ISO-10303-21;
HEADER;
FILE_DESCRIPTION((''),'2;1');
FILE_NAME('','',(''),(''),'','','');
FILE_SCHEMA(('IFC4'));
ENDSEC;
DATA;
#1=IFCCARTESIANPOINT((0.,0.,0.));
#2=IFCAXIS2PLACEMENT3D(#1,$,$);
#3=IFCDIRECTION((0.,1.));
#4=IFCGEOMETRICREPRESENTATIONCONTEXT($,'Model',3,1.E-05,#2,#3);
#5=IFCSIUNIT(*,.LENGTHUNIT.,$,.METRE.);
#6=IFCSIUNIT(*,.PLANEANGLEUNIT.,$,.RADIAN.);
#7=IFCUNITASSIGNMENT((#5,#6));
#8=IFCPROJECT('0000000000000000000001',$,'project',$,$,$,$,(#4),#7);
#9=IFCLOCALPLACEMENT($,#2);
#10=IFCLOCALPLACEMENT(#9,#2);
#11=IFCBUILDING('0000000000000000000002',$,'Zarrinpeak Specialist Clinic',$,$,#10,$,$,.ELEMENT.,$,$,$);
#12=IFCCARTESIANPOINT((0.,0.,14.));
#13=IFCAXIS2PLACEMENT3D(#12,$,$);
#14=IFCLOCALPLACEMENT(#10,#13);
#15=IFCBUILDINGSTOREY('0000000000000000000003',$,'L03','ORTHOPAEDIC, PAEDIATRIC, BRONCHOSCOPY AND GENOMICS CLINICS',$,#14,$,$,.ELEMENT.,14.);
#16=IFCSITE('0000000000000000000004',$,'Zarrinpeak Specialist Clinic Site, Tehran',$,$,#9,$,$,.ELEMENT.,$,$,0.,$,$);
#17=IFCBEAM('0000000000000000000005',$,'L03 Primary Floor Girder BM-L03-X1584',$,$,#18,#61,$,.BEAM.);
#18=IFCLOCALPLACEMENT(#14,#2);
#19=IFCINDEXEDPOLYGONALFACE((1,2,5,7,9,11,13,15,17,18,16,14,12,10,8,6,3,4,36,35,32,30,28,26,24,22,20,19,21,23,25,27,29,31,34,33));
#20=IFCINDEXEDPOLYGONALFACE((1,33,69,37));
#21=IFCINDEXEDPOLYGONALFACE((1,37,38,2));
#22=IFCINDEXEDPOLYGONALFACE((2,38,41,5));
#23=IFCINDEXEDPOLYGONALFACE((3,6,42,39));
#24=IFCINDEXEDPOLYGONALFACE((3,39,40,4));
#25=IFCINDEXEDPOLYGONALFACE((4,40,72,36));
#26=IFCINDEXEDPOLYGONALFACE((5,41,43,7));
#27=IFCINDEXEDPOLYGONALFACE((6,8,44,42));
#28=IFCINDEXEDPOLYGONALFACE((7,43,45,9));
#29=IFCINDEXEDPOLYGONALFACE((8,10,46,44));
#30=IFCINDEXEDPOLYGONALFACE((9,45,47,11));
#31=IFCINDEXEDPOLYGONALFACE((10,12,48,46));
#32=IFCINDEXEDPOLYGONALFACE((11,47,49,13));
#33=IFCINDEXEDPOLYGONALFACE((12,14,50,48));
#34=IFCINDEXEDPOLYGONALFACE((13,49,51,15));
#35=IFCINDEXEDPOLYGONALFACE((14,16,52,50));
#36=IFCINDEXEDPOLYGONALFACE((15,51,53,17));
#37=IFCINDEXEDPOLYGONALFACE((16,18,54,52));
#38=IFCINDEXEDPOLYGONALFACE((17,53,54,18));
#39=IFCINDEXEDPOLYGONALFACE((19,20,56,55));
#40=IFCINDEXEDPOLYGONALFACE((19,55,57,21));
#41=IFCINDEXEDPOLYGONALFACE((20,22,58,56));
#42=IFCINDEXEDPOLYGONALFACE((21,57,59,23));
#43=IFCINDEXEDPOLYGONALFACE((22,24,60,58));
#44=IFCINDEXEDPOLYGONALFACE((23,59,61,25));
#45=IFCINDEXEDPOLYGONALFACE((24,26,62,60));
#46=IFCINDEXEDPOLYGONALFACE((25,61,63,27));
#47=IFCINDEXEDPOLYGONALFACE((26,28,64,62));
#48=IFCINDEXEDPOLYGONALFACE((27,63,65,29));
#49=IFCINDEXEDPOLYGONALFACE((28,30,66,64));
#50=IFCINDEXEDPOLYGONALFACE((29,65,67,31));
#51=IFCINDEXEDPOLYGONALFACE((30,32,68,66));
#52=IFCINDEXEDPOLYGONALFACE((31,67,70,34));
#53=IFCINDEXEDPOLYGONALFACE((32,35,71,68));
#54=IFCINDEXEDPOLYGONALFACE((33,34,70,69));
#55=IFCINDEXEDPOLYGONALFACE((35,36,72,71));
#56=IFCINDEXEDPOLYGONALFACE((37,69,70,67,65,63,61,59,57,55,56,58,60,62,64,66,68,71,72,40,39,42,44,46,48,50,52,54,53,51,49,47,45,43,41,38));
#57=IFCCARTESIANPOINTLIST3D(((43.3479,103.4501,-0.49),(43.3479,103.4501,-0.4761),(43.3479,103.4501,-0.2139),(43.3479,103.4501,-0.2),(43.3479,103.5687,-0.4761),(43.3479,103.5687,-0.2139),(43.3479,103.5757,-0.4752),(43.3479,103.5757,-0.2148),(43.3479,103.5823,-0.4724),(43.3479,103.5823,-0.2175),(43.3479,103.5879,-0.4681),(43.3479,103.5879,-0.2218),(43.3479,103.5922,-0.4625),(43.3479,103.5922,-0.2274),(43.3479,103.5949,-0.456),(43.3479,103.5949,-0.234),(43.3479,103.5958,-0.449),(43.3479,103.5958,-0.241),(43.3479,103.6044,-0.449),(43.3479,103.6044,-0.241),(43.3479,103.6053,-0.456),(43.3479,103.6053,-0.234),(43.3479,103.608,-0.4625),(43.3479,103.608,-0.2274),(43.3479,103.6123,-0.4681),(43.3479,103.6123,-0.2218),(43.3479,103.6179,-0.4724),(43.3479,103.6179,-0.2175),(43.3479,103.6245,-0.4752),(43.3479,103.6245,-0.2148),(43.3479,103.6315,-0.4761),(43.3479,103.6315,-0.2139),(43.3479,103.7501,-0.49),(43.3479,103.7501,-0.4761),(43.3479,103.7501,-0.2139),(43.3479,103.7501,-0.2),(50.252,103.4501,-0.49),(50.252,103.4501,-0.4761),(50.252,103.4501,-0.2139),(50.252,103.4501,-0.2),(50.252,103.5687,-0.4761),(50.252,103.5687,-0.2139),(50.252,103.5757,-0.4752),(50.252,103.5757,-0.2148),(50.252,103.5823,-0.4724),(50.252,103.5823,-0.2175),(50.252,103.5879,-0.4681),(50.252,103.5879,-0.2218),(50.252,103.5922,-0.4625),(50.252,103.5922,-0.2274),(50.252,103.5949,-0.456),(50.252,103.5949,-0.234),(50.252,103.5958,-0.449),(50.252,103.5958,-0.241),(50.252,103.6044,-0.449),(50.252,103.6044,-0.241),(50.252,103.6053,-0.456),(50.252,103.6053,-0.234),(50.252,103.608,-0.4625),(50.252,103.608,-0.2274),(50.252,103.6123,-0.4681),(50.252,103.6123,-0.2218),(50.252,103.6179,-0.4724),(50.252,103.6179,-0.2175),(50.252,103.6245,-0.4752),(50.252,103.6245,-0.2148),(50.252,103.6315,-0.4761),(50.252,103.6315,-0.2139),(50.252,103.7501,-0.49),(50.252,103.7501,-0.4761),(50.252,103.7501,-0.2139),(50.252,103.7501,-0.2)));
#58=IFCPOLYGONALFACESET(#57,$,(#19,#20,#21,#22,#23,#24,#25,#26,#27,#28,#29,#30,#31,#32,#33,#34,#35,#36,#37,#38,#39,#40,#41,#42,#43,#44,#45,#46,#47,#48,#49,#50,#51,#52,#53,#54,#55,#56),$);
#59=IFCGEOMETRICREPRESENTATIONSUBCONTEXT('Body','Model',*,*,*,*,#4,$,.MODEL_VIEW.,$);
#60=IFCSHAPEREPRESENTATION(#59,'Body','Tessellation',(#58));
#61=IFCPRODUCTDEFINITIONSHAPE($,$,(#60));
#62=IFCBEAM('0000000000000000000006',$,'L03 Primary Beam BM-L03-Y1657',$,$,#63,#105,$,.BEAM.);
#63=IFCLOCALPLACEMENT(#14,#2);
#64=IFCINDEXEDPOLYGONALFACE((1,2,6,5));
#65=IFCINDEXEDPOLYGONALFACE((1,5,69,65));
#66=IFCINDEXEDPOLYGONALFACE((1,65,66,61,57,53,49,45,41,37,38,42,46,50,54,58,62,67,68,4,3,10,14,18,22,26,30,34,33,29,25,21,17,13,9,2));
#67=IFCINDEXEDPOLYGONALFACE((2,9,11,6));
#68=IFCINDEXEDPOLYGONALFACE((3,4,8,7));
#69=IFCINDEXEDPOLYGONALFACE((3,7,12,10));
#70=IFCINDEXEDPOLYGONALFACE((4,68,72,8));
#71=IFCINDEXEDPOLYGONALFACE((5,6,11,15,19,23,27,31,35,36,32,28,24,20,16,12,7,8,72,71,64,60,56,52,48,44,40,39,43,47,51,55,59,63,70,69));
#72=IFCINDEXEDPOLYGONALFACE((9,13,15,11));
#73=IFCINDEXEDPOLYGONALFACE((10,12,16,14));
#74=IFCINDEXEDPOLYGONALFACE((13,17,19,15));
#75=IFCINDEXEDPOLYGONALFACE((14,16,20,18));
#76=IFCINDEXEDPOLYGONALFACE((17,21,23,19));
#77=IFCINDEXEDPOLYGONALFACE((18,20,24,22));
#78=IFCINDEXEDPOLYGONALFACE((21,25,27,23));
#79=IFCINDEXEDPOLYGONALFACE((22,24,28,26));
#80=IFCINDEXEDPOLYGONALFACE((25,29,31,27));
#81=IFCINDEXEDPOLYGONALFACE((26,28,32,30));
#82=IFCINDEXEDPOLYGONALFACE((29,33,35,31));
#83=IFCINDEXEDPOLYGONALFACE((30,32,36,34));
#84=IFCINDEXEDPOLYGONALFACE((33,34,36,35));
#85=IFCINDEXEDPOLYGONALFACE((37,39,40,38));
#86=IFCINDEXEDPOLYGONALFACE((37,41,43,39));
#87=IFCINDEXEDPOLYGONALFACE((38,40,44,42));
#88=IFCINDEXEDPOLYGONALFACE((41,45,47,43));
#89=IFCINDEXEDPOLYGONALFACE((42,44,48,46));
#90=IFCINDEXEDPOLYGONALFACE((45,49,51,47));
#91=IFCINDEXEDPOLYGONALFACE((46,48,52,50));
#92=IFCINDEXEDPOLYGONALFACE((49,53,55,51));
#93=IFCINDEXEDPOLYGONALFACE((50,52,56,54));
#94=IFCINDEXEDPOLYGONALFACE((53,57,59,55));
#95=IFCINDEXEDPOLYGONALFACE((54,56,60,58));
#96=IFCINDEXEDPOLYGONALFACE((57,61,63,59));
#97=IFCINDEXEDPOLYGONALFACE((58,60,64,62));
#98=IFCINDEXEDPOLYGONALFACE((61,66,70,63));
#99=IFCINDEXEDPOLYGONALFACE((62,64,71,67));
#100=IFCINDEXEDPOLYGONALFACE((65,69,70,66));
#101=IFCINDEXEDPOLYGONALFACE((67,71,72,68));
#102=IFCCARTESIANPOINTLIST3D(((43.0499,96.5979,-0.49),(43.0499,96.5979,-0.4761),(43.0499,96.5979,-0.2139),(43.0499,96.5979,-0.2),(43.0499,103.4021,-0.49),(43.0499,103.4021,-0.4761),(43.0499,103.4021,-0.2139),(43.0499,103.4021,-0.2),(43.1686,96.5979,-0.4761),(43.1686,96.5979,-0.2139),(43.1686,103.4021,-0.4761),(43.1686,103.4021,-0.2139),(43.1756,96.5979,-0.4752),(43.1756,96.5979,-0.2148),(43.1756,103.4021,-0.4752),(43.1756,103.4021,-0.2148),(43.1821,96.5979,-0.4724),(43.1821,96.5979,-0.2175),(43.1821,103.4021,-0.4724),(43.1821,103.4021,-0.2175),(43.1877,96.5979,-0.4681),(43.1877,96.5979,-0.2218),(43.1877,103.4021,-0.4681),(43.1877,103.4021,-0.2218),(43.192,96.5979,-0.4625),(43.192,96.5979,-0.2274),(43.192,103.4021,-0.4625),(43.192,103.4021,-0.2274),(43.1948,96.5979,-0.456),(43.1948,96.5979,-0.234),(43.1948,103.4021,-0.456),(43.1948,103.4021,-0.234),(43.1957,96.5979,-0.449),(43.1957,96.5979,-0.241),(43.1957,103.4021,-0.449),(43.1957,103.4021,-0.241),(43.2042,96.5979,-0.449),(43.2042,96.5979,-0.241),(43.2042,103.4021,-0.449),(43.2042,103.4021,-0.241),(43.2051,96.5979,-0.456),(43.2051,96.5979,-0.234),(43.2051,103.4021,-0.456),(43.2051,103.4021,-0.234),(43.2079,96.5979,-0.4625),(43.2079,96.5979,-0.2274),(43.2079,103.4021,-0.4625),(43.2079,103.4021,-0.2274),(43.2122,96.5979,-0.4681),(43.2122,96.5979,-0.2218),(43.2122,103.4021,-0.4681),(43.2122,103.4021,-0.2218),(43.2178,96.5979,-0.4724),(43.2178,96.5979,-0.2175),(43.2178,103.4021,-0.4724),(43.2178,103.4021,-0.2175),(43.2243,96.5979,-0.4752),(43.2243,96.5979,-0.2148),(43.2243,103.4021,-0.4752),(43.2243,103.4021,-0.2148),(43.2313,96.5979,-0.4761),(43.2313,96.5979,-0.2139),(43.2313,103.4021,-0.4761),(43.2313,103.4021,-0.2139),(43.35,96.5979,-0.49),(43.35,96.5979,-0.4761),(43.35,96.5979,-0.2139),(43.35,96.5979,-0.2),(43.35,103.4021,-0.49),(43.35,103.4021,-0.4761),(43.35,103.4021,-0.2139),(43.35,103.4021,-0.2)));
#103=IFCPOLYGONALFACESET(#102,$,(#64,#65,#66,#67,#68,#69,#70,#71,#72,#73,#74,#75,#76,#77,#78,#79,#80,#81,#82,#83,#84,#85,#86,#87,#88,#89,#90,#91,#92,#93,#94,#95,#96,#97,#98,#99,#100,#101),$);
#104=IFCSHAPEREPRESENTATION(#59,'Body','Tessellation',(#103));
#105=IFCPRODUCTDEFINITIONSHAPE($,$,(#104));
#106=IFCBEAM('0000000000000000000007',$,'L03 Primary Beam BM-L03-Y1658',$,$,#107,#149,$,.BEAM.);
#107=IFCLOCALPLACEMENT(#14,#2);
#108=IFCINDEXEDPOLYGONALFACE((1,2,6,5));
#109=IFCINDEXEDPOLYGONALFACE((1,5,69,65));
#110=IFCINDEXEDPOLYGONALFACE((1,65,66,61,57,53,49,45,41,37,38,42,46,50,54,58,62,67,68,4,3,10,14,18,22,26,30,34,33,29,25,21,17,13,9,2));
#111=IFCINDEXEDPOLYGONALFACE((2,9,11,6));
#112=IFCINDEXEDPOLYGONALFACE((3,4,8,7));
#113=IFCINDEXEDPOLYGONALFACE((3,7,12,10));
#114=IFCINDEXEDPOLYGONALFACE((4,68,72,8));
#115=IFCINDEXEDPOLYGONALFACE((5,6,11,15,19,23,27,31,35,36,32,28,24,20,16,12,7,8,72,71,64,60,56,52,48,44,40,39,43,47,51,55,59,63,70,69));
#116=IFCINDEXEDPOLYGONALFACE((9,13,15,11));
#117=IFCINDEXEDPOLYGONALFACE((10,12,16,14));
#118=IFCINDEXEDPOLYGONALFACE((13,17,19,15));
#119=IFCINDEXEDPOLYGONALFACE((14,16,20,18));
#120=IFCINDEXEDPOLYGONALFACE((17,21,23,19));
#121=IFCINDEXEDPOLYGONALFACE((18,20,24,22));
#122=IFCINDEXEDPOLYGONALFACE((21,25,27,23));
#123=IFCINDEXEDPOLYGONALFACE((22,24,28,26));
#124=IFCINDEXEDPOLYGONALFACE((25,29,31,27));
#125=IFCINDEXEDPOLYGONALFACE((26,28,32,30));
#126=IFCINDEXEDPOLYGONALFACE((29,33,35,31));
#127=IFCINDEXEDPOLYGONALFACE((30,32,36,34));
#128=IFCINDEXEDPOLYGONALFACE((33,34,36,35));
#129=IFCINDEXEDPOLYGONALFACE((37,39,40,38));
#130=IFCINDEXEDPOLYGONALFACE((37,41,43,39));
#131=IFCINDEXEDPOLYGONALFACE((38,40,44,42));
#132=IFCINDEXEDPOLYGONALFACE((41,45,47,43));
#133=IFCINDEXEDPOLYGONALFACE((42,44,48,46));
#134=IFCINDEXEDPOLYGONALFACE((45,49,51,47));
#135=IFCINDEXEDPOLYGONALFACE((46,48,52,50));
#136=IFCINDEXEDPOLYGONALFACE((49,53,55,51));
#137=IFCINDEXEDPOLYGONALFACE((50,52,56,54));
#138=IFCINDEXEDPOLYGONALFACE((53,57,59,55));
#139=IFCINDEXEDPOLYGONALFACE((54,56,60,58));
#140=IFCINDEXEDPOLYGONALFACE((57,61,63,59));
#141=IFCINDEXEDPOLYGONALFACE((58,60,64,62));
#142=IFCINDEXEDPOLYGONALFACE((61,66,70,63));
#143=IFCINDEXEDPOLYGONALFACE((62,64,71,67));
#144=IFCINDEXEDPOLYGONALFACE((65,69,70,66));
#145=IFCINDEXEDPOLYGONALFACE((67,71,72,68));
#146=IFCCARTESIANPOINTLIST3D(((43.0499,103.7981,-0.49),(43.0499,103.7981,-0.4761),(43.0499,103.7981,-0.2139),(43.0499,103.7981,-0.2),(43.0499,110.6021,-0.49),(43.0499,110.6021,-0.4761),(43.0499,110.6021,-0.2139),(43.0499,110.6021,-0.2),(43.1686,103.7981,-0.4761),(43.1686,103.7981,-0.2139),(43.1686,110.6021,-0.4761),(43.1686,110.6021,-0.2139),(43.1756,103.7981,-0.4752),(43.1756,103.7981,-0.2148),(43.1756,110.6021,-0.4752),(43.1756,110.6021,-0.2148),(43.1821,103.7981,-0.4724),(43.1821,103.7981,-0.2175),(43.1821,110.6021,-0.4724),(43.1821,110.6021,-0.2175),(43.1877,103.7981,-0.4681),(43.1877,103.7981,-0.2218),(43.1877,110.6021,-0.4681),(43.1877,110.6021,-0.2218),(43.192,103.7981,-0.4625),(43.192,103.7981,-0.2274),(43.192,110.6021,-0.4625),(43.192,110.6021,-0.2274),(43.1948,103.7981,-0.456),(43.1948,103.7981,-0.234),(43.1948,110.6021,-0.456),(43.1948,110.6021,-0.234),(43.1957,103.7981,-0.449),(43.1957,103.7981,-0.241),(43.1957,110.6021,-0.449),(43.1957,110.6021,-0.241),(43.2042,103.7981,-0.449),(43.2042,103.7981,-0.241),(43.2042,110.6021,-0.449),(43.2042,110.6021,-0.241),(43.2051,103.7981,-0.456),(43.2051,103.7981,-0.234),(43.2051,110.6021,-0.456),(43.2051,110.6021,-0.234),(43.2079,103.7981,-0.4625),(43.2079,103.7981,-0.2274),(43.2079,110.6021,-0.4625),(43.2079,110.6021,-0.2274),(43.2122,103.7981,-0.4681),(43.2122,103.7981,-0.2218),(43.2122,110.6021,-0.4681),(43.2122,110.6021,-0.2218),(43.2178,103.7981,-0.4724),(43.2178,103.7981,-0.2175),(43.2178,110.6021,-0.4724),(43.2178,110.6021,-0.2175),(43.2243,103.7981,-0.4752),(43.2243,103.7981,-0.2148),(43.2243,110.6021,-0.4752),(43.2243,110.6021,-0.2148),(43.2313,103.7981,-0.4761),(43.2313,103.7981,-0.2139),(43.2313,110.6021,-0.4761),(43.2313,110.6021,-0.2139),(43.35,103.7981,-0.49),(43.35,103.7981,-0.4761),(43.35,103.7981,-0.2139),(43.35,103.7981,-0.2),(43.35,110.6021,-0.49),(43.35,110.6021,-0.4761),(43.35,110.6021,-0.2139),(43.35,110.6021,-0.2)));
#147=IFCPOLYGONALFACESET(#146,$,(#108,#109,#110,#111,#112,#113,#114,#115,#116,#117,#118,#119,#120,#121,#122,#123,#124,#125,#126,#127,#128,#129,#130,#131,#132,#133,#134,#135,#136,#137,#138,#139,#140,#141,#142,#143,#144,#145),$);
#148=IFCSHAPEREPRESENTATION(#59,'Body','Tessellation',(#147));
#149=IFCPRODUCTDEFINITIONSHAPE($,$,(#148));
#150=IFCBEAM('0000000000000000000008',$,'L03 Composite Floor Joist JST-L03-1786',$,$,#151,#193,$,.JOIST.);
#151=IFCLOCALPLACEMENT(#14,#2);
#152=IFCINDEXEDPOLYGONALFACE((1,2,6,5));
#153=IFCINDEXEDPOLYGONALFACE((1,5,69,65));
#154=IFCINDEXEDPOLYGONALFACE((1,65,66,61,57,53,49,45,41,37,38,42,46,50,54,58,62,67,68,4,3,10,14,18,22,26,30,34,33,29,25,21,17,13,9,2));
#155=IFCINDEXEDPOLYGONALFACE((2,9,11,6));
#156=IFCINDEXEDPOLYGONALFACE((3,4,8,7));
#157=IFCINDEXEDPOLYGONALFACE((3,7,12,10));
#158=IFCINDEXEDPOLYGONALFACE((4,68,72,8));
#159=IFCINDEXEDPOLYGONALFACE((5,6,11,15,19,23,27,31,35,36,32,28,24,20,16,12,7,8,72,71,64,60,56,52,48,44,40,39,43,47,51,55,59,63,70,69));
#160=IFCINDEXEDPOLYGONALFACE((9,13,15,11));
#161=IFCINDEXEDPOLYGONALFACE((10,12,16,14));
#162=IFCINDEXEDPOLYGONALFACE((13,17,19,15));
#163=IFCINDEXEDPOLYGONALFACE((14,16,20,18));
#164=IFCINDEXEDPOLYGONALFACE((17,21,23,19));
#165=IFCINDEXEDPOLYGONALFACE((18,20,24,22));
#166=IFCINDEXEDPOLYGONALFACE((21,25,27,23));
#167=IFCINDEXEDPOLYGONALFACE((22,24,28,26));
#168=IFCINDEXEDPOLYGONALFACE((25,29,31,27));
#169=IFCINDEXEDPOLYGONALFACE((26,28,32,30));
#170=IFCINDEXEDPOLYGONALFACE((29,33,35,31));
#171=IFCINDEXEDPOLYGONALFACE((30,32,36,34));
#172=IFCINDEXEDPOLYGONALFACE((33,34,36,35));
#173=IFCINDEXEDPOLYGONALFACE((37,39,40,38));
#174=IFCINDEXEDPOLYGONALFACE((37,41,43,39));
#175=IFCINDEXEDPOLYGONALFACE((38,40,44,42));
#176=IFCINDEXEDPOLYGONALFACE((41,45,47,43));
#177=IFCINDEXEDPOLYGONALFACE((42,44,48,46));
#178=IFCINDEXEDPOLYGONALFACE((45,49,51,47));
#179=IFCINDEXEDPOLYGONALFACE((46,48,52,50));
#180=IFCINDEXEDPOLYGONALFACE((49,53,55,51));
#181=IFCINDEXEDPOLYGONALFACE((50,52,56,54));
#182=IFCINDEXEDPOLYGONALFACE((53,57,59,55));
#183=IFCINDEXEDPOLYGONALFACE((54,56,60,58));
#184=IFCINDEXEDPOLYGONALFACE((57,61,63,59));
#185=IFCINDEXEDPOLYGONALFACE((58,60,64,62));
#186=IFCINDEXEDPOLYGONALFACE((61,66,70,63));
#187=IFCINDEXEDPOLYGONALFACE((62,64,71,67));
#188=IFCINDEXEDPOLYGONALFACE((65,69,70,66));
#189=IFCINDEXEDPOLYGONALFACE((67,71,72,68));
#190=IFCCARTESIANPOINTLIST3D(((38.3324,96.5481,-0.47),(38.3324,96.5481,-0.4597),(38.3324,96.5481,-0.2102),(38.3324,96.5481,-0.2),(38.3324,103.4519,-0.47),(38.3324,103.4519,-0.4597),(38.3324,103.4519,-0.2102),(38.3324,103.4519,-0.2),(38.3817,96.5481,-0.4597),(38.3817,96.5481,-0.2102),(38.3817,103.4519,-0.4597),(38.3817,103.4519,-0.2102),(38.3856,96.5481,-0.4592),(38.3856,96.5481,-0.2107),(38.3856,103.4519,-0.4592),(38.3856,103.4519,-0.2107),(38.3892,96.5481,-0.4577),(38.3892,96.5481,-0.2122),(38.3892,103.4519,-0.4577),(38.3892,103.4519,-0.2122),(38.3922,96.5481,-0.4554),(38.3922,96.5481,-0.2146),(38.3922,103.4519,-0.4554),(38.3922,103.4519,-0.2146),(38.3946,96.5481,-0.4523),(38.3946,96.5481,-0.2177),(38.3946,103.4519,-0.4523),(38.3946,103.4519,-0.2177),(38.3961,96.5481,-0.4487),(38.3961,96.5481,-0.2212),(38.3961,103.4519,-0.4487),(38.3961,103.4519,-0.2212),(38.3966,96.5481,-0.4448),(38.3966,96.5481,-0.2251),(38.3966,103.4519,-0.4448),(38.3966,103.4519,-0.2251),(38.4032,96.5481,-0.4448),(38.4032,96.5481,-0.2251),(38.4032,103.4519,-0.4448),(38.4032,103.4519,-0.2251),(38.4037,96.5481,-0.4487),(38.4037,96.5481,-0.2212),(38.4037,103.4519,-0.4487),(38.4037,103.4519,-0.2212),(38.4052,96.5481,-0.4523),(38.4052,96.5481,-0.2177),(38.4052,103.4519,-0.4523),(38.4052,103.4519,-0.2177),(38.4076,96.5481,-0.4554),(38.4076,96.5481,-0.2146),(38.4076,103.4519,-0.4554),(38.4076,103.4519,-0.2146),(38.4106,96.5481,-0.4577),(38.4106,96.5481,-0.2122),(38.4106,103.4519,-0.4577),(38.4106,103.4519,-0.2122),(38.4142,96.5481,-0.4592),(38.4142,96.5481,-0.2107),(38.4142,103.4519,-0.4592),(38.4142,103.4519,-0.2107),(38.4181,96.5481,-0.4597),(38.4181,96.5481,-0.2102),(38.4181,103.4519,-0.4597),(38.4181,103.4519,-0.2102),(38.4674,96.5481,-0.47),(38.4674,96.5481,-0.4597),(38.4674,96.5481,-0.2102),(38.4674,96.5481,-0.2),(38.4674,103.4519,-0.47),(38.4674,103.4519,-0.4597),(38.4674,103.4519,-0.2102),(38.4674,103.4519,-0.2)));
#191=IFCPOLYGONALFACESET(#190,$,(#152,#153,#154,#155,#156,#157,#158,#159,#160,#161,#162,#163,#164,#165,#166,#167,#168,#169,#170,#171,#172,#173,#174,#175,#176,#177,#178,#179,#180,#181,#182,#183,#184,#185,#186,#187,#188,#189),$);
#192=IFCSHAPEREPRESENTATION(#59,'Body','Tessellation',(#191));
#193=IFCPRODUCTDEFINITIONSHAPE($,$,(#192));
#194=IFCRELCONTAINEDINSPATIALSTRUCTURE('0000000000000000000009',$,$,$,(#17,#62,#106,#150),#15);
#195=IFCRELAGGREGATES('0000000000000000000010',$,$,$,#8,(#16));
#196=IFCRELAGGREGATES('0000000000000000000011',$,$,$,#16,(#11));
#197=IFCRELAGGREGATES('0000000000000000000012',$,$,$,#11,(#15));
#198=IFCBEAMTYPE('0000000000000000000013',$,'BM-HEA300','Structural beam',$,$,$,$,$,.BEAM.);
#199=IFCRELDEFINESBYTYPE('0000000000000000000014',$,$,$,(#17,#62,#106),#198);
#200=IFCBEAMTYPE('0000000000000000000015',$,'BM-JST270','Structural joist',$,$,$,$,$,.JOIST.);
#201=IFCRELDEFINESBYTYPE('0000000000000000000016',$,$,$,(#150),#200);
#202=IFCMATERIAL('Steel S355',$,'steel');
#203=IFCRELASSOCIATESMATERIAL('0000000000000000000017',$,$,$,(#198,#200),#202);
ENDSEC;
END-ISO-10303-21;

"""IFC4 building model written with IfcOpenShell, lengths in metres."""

from ifc_helpers import new_model, si_unit, direction, frame, origin, origin_2d, place, context, subcontext, project, spatial, i_section, extrude, material, material_profile, profile_set, type_object, element, save


model = new_model("IFC4")

# Units and contexts
model_context = context("Model", 3, precision=1e-05, world=origin(), true_north=direction((0.0, 1.0)))
body_context = subcontext(model_context, "Body", "Model", "MODEL_VIEW")
ifc_project = project(units=[si_unit("LENGTHUNIT", "METRE"), si_unit("PLANEANGLEUNIT", "RADIAN")], contexts=[model_context])

# Site, building, storey
site_placement = place(None, origin())
site = spatial("IfcSite", under=ifc_project, at=site_placement, Name="Zarrinpeak Specialist Clinic Site, Tehran", CompositionType="ELEMENT", RefElevation=0.0)
building_placement = place(site_placement, origin())
building = spatial("IfcBuilding", under=site, at=building_placement, Name="Zarrinpeak Specialist Clinic", CompositionType="ELEMENT")
storey_placement = place(building_placement, frame((0.0, 0.0, 14.0)))
storey = spatial("IfcBuildingStorey", under=building, at=storey_placement, Name="L03", Description="ORTHOPAEDIC, PAEDIATRIC, BRONCHOSCOPY AND GENOMICS CLINICS", CompositionType="ELEMENT", Elevation=14.0)

# Shared definitions
ifc_material_1 = material(Name="Steel S355", Category="steel")

# Beams
ifc_material_profile_1 = material_profile(ifc_material_1, i_section(OverallWidth=0.3, OverallDepth=0.29, WebThickness=0.0085, FlangeThickness=0.0139, FilletRadius=0.0271, at=origin_2d()), Name="HEA 300")
ifc_profile_set_1 = profile_set([ifc_material_profile_1], Name="Steel S355")
beam_type_1 = type_object("IfcBeamType", Name="BM-HEA300", Description="Structural beam", PredefinedType="BEAM", material=ifc_profile_set_1)
for number, where, z_axis, x_axis, name in (
    (1, (43.3479, 103.6001, -0.345), (1.0, 0.0, 0.0), (0.0, 1.0, 0.0), "L03 Primary Floor Girder BM-L03-X1584"),
):
    element("IfcBeam", number, at=place(storey_placement, frame(where, z_axis=z_axis, x_axis=x_axis)), inside=storey, type_object=beam_type_1, Name=name, PredefinedType="BEAM", context=body_context, shape_type="SweptSolid", body=[
        extrude(i_section(OverallWidth=0.3, OverallDepth=0.29, WebThickness=0.0085, FlangeThickness=0.0139, FilletRadius=0.0271, at=origin_2d()), origin(), (0.0, 0.0, 1.0), 6.9041),
    ])
beam_1_placement = place(storey_placement, frame((43.2, 96.5979, -0.345), z_axis=(0.0, 1.0, 0.0), x_axis=(-1.0, 0.0, 0.0)))
element("IfcBeam", 2, at=beam_1_placement, inside=storey, type_object=beam_type_1, Name="L03 Primary Beam BM-L03-Y1657", PredefinedType="BEAM", context=body_context, shape_type="SweptSolid", body=[
    extrude(i_section(OverallWidth=0.3, OverallDepth=0.29, WebThickness=0.0085, FlangeThickness=0.0139, FilletRadius=0.0271, at=origin_2d()), origin(), (0.0, 0.0, 1.0), 6.8042),
])
beam_2_placement = place(storey_placement, frame((43.2, 103.7981, -0.345), z_axis=(0.0, 1.0, 0.0), x_axis=(-1.0, 0.0, 0.0)))
element("IfcBeam", 3, at=beam_2_placement, inside=storey, type_object=beam_type_1, Name="L03 Primary Beam BM-L03-Y1658", PredefinedType="BEAM", context=body_context, shape_type="SweptSolid", body=[
    extrude(i_section(OverallWidth=0.3, OverallDepth=0.29, WebThickness=0.0085, FlangeThickness=0.0139, FilletRadius=0.0271, at=origin_2d()), origin(), (0.0, 0.0, 1.0), 6.804),
])
ifc_material_profile_2 = material_profile(ifc_material_1, i_section(OverallWidth=0.135, OverallDepth=0.27, WebThickness=0.0066, FlangeThickness=0.0103, FilletRadius=0.0149, at=origin_2d()), Name="IPE 270")
ifc_profile_set_2 = profile_set([ifc_material_profile_2], Name="Steel S355")
beam_type_2 = type_object("IfcBeamType", Name="BM-JST270", Description="Structural joist", PredefinedType="JOIST", material=ifc_profile_set_2)
for number, where, z_axis, x_axis, name in (
    (4, (38.3999, 96.5481, -0.335), (0.0, 1.0, 0.0), (-1.0, 0.0, 0.0), "L03 Composite Floor Joist JST-L03-1786"),
):
    element("IfcBeam", number, at=place(storey_placement, frame(where, z_axis=z_axis, x_axis=x_axis)), inside=storey, type_object=beam_type_2, Name=name, PredefinedType="JOIST", context=body_context, shape_type="SweptSolid", body=[
        extrude(i_section(OverallWidth=0.135, OverallDepth=0.27, WebThickness=0.0066, FlangeThickness=0.0103, FilletRadius=0.0149, at=origin_2d()), origin(), (0.0, 0.0, 1.0), 6.9038),
    ])

save(model, "model.ifc")
